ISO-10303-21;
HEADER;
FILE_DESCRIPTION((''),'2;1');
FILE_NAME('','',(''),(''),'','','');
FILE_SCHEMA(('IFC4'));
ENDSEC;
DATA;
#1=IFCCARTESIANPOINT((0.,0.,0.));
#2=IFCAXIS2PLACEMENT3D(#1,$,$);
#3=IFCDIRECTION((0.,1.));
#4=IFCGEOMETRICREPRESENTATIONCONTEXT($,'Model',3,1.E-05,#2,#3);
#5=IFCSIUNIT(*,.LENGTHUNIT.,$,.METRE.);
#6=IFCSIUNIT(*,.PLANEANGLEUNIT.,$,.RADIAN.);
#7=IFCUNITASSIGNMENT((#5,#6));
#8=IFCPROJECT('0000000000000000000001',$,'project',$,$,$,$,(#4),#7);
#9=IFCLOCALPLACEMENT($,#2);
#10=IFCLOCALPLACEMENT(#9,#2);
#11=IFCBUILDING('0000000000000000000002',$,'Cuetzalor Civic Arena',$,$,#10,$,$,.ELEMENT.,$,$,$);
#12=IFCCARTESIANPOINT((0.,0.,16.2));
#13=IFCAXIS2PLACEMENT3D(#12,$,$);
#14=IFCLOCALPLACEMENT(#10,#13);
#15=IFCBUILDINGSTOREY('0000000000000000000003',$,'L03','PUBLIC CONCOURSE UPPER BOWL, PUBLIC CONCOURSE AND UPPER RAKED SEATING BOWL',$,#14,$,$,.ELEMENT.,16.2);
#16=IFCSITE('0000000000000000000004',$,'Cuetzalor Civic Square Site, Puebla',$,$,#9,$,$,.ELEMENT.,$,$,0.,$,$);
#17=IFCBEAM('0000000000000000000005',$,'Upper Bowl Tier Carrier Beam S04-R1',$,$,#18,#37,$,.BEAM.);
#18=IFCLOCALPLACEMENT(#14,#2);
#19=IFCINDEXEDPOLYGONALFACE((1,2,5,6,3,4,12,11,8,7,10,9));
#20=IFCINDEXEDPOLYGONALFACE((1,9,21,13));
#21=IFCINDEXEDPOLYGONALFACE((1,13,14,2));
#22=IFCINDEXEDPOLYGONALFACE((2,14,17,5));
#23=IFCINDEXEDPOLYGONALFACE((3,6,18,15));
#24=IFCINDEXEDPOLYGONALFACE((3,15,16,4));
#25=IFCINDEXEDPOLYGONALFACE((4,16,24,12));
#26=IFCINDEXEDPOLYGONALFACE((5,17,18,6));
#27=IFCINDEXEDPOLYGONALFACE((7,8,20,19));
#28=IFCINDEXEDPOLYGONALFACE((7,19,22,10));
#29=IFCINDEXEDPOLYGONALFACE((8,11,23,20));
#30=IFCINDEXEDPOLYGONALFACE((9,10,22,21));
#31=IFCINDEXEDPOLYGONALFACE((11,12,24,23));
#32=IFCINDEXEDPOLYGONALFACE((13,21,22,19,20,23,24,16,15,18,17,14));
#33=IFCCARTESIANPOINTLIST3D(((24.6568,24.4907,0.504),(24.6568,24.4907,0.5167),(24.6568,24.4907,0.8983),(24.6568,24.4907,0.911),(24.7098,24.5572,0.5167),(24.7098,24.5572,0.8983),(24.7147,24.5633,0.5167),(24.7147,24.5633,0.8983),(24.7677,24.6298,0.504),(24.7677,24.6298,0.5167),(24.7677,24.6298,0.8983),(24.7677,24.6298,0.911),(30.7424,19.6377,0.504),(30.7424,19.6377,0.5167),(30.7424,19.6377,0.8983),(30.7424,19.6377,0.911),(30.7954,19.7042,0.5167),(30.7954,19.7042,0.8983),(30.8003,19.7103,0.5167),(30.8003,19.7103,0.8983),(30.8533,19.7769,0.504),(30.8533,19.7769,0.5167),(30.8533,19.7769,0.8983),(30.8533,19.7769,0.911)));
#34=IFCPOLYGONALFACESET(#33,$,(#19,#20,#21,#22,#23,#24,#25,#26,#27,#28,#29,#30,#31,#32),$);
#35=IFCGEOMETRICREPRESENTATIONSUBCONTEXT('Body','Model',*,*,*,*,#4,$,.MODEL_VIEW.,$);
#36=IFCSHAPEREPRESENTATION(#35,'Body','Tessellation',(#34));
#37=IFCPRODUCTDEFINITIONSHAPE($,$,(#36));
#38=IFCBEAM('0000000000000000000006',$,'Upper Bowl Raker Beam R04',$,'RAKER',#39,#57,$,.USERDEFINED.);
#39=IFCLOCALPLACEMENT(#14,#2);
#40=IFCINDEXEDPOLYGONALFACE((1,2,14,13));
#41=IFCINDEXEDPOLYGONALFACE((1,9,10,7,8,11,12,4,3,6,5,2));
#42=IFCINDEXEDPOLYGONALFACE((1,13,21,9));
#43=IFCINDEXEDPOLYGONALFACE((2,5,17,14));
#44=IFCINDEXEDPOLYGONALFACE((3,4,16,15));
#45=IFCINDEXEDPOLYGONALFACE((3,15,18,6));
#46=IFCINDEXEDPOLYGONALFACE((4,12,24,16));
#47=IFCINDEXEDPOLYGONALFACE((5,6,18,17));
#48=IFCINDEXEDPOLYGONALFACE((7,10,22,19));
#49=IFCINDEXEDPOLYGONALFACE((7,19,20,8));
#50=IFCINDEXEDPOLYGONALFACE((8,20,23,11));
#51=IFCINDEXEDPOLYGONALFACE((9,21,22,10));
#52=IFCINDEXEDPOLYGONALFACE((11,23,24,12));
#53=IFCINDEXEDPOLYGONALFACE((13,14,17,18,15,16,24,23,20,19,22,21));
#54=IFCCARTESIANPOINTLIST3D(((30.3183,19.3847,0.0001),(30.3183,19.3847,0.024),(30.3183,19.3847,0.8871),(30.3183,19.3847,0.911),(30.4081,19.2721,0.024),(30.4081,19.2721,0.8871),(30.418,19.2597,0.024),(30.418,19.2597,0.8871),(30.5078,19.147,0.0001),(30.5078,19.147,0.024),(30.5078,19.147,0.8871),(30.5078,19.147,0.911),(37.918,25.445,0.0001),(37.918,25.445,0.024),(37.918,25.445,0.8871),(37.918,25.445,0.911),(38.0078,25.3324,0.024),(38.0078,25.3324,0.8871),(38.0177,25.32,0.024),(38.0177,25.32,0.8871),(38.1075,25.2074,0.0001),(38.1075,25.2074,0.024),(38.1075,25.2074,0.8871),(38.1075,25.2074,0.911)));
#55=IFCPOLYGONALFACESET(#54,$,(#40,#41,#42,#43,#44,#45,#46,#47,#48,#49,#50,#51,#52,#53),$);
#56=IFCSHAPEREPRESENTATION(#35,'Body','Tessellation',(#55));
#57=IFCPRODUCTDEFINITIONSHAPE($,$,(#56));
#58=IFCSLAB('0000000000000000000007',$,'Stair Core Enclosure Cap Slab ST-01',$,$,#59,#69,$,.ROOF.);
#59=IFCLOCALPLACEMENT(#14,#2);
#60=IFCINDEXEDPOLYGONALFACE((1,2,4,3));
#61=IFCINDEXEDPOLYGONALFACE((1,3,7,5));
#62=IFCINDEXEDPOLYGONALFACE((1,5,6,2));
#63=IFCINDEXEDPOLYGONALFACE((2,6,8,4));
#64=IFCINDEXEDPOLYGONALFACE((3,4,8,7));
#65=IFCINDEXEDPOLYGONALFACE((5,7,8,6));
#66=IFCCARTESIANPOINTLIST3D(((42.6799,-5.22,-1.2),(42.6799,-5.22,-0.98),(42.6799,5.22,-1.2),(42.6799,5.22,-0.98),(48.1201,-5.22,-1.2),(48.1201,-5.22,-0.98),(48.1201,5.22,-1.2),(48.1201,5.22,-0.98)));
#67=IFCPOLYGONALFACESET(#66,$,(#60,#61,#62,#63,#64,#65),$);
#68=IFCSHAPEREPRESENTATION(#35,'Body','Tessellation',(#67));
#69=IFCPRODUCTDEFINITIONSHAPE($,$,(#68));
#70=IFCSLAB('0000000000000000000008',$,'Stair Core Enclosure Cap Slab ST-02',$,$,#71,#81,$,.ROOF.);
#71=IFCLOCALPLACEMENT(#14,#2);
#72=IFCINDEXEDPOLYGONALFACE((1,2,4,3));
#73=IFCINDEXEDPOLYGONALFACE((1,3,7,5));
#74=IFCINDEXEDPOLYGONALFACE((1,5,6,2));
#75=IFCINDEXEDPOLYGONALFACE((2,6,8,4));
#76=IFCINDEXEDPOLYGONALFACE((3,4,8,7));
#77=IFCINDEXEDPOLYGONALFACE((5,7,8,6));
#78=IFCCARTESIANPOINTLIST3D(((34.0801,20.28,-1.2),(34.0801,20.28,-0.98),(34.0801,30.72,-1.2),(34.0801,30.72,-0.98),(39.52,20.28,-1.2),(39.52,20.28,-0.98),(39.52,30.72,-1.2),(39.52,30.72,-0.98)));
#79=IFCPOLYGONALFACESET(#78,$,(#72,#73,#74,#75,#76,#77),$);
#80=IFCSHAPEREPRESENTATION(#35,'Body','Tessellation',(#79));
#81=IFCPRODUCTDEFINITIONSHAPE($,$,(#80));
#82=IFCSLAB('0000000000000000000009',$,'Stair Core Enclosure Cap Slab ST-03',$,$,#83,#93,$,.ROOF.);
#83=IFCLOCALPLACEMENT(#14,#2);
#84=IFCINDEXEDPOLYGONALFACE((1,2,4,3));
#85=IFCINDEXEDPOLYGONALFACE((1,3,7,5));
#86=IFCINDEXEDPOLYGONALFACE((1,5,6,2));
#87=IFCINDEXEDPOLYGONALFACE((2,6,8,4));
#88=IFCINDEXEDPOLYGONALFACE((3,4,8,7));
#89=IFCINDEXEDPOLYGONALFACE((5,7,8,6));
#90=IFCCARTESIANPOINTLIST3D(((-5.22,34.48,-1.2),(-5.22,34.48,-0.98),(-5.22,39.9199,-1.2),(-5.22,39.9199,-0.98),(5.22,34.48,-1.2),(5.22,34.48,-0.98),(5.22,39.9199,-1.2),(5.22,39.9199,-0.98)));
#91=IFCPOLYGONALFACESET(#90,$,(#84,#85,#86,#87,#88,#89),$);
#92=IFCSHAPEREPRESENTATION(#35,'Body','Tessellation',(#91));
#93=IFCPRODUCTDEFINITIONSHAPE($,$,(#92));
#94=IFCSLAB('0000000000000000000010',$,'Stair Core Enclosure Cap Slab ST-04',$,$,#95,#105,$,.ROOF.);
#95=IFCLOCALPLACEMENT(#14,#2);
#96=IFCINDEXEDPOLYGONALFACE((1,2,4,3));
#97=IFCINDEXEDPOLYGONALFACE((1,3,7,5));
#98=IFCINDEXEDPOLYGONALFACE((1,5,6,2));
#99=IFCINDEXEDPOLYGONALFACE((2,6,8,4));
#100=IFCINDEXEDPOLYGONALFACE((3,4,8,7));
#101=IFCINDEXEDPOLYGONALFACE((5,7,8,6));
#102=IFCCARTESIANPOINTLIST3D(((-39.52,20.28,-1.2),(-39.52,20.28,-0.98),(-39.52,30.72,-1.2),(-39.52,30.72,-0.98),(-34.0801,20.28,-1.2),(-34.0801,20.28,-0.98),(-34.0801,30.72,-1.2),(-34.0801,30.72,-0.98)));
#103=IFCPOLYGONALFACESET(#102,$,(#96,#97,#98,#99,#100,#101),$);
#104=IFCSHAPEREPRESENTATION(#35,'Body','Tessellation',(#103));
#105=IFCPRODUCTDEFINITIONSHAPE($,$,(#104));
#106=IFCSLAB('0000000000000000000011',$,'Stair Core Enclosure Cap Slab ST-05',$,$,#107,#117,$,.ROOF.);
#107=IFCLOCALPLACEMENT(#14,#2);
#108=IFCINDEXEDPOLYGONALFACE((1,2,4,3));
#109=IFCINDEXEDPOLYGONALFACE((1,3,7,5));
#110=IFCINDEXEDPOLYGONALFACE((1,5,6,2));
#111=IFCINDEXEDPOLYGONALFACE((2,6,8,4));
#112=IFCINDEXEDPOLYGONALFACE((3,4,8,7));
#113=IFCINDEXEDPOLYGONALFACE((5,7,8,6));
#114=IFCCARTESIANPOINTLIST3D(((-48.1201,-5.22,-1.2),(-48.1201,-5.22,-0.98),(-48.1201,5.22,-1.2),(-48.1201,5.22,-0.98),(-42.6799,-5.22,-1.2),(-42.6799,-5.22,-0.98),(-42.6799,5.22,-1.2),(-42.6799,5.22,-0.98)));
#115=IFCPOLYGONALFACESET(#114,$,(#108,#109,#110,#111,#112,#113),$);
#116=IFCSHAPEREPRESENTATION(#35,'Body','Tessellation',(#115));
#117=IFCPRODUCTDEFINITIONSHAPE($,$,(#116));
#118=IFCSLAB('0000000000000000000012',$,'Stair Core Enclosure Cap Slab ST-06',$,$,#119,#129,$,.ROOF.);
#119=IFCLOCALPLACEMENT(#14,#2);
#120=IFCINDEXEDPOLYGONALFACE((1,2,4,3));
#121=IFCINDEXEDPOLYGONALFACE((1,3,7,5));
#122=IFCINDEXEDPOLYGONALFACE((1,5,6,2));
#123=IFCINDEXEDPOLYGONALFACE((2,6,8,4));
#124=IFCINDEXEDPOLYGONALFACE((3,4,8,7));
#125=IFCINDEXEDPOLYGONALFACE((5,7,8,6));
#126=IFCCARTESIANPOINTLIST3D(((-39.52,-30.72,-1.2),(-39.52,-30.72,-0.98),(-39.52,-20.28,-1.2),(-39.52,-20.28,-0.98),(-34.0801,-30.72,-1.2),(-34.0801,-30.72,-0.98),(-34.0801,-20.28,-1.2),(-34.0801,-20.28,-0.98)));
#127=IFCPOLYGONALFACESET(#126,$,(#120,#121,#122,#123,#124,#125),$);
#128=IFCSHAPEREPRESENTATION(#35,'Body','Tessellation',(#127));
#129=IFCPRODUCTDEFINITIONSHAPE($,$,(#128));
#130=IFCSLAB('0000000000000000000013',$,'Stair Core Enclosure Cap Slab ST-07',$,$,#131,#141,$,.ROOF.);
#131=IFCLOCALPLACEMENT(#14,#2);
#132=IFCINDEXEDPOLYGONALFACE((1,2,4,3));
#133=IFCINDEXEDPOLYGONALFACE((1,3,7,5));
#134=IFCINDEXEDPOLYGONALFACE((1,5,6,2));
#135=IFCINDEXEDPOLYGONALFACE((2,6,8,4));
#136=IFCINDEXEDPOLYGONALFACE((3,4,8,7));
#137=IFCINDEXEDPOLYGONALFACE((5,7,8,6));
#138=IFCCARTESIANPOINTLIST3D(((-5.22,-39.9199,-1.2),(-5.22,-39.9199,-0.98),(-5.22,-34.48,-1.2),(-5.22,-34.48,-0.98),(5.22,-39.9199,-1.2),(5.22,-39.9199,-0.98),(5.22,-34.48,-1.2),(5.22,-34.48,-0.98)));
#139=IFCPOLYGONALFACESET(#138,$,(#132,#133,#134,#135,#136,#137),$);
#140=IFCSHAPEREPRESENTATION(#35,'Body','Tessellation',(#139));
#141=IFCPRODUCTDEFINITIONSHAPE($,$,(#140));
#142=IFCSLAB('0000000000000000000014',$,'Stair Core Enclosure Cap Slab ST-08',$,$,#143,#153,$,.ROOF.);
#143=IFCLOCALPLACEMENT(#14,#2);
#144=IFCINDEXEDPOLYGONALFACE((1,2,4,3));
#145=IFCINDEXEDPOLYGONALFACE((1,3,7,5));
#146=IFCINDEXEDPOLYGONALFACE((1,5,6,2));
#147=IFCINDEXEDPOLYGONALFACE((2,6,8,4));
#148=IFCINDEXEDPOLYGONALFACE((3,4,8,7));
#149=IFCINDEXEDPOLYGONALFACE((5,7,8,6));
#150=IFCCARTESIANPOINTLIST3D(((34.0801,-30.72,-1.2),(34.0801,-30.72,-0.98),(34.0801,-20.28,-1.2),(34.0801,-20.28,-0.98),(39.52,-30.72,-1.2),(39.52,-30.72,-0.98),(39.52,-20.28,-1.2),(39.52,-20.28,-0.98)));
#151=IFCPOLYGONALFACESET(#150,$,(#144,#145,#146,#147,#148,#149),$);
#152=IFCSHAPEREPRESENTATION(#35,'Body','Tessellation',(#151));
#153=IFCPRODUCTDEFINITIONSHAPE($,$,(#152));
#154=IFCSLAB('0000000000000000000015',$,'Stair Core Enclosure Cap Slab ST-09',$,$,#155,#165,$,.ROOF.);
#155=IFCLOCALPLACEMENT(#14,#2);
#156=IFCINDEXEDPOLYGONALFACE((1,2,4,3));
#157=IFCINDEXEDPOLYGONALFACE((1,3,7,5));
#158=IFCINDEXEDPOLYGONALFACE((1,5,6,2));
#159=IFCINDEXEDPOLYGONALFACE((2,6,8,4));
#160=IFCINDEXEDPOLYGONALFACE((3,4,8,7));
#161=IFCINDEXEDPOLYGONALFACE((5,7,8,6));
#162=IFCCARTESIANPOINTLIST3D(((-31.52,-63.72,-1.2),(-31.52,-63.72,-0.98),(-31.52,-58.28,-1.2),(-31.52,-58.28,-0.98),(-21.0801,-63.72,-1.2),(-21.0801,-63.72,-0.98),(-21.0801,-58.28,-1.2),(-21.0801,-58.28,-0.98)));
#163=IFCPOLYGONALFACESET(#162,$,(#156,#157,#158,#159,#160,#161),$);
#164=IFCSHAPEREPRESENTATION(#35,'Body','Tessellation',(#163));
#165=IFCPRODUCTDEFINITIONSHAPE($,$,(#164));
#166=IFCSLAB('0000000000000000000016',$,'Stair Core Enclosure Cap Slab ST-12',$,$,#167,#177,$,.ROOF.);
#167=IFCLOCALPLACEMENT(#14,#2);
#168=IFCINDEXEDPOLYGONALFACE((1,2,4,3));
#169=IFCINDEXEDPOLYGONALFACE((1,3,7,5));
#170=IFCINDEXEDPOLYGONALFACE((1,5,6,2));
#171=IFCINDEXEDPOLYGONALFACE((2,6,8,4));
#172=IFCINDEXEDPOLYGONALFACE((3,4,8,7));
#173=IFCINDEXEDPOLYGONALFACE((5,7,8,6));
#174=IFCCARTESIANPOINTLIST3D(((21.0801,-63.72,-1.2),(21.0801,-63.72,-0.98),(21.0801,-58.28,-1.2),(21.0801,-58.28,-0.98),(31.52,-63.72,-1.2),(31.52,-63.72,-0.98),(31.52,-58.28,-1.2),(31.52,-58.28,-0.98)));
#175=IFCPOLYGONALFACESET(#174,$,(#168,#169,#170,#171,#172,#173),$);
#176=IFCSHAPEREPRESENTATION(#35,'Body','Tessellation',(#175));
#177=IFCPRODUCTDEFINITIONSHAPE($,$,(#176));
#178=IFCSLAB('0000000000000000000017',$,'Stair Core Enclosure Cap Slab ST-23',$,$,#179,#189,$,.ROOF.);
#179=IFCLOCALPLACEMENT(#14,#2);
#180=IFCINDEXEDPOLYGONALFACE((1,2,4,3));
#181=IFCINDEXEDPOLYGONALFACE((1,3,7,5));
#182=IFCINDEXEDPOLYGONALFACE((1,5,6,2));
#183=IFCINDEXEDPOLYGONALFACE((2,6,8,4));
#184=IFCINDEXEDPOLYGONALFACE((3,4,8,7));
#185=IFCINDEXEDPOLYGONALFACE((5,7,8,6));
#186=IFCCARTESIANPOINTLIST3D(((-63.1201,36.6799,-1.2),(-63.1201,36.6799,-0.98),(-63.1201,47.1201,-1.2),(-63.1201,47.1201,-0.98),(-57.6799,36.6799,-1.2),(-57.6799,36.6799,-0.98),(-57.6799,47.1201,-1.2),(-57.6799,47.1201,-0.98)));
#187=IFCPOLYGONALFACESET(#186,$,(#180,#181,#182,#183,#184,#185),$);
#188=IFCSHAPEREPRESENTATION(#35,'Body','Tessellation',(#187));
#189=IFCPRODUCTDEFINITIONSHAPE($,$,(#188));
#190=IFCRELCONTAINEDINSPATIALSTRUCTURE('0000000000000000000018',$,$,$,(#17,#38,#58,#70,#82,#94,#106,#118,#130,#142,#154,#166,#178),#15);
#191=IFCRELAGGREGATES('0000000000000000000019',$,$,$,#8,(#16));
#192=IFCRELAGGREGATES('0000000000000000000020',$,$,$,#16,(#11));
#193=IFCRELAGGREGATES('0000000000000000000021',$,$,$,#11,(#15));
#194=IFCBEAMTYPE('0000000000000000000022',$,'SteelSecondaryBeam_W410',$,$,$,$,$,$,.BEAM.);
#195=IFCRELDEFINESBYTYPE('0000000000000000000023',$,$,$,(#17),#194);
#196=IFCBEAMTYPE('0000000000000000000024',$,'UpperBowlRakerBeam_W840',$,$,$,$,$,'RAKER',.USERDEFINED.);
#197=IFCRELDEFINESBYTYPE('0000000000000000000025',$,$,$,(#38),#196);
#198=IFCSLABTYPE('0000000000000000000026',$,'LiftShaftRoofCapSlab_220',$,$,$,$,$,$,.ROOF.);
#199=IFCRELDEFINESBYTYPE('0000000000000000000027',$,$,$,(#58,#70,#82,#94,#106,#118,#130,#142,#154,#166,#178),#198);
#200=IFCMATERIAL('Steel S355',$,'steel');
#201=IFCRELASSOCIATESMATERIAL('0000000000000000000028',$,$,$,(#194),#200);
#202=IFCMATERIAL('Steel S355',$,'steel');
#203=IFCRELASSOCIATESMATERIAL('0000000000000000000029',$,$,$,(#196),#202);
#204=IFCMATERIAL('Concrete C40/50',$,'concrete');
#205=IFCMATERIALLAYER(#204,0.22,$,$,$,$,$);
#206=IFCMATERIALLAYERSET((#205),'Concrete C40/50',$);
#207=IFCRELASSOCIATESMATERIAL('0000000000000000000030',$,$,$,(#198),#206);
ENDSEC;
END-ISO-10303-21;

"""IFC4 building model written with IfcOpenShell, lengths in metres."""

from ifc_helpers import new_model, si_unit, direction, frame, origin, origin_2d, place, context, subcontext, project, spatial, polyline, i_section, outline, extrude, material, layer, layer_set, material_profile, profile_set, type_object, element, save


model = new_model("IFC4")

# Units and contexts
model_context = context("Model", 3, precision=1e-05, world=origin(), true_north=direction((0.0, 1.0)))
body_context = subcontext(model_context, "Body", "Model", "MODEL_VIEW")
ifc_project = project(units=[si_unit("LENGTHUNIT", "METRE"), si_unit("PLANEANGLEUNIT", "RADIAN")], contexts=[model_context])

# Site, building, storey
site_placement = place(None, origin())
site = spatial("IfcSite", under=ifc_project, at=site_placement, Name="Cuetzalor Civic Square Site, Puebla", CompositionType="ELEMENT", RefElevation=0.0)
building_placement = place(site_placement, origin())
building = spatial("IfcBuilding", under=site, at=building_placement, Name="Cuetzalor Civic Arena", CompositionType="ELEMENT")
storey_placement = place(building_placement, frame((0.0, 0.0, 16.2)))
storey = spatial("IfcBuildingStorey", under=building, at=storey_placement, Name="L03", Description="PUBLIC CONCOURSE UPPER BOWL, PUBLIC CONCOURSE AND UPPER RAKED SEATING BOWL", CompositionType="ELEMENT", Elevation=16.2)

# Beams
ifc_material_1 = material(Name="Steel S355", Category="steel")
ifc_material_profile_1 = material_profile(ifc_material_1, i_section(OverallWidth=0.178, OverallDepth=0.407, WebThickness=0.0078, FlangeThickness=0.0127, at=origin_2d()), Name="W410x60")
ifc_profile_set_1 = profile_set([ifc_material_profile_1], Name="Steel S355")
beam_type_1 = type_object("IfcBeamType", Name="SteelSecondaryBeam_W410", PredefinedType="BEAM", material=ifc_profile_set_1)
beam_1_placement = place(storey_placement, frame((30.7979, 19.7073, 0.7075), z_axis=(-0.781841, 0.623478, 0.0), x_axis=(-0.623478, -0.781841, 0.0)))
element("IfcBeam", 1, at=beam_1_placement, inside=storey, type_object=beam_type_1, Name="Upper Bowl Tier Carrier Beam S04-R1", PredefinedType="BEAM", context=body_context, shape_type="SweptSolid", body=[
    extrude(i_section(OverallWidth=0.178, OverallDepth=0.407, WebThickness=0.0078, FlangeThickness=0.0127, at=origin_2d()), origin(), (0.0, 0.0, 1.0), 7.7837),
])
ifc_material_2 = material(Name="Steel S355", Category="steel")
ifc_material_profile_2 = material_profile(ifc_material_2, i_section(OverallWidth=0.304, OverallDepth=0.9109, WebThickness=0.0159, FlangeThickness=0.0239, at=origin_2d()), Name="W920x223")
ifc_profile_set_2 = profile_set([ifc_material_profile_2], Name="Steel S355")
beam_type_2 = type_object("IfcBeamType", Name="UpperBowlRakerBeam_W840", ElementType="RAKER", PredefinedType="USERDEFINED", material=ifc_profile_set_2)
beam_2_placement = place(storey_placement, frame((30.4131, 19.2659, 0.4556), z_axis=(0.781841, 0.623478, 0.0), x_axis=(-0.623478, 0.781841, 0.0)))
element("IfcBeam", 2, at=beam_2_placement, inside=storey, type_object=beam_type_2, Name="Upper Bowl Raker Beam R04", ObjectType="RAKER", PredefinedType="USERDEFINED", context=body_context, shape_type="SweptSolid", body=[
    extrude(i_section(OverallWidth=0.304, OverallDepth=0.9109, WebThickness=0.0159, FlangeThickness=0.0239, at=origin_2d()), origin(), (0.0, 0.0, 1.0), 9.7202),
])

# Slabs
ifc_material_3 = material(Name="Concrete C40/50", Category="concrete")
ifc_layer_1 = layer(ifc_material_3, 0.22)
ifc_layer_set_1 = layer_set([ifc_layer_1], Name="Concrete C40/50")
slab_type_1 = type_object("IfcSlabType", Name="LiftShaftRoofCapSlab_220", PredefinedType="ROOF", material=ifc_layer_set_1)
slab_1_placement = place(storey_placement, frame((0.0, 0.0, -1.2)))
element("IfcSlab", 3, at=slab_1_placement, inside=storey, type_object=slab_type_1, Name="Stair Core Enclosure Cap Slab ST-01", PredefinedType="ROOF", context=body_context, shape_type="SweptSolid", body=[
    extrude(outline(polyline([(42.6799, -5.22), (48.1201, -5.22), (48.1201, 5.22), (42.6799, 5.22), (42.6799, -5.22)])), origin(), (0.0, 0.0, 1.0), 0.22),
])
slab_2_placement = place(storey_placement, frame((0.0, 0.0, -1.2)))
element("IfcSlab", 4, at=slab_2_placement, inside=storey, type_object=slab_type_1, Name="Stair Core Enclosure Cap Slab ST-02", PredefinedType="ROOF", context=body_context, shape_type="SweptSolid", body=[
    extrude(outline(polyline([(34.0801, 20.28), (39.52, 20.28), (39.52, 30.72), (34.0801, 30.72), (34.0801, 20.28)])), origin(), (0.0, 0.0, 1.0), 0.22),
])
slab_3_placement = place(storey_placement, frame((0.0, 0.0, -1.2)))
element("IfcSlab", 5, at=slab_3_placement, inside=storey, type_object=slab_type_1, Name="Stair Core Enclosure Cap Slab ST-03", PredefinedType="ROOF", context=body_context, shape_type="SweptSolid", body=[
    extrude(outline(polyline([(-5.22, 34.48), (5.22, 34.48), (5.22, 39.9199), (-5.22, 39.9199), (-5.22, 34.48)])), origin(), (0.0, 0.0, 1.0), 0.22),
])
slab_4_placement = place(storey_placement, frame((0.0, 0.0, -1.2)))
element("IfcSlab", 6, at=slab_4_placement, inside=storey, type_object=slab_type_1, Name="Stair Core Enclosure Cap Slab ST-04", PredefinedType="ROOF", context=body_context, shape_type="SweptSolid", body=[
    extrude(outline(polyline([(-39.52, 20.28), (-34.0801, 20.28), (-34.0801, 30.72), (-39.52, 30.72), (-39.52, 20.28)])), origin(), (0.0, 0.0, 1.0), 0.22),
])
slab_5_placement = place(storey_placement, frame((0.0, 0.0, -1.2)))
element("IfcSlab", 7, at=slab_5_placement, inside=storey, type_object=slab_type_1, Name="Stair Core Enclosure Cap Slab ST-05", PredefinedType="ROOF", context=body_context, shape_type="SweptSolid", body=[
    extrude(outline(polyline([(-48.1201, -5.22), (-42.6799, -5.22), (-42.6799, 5.22), (-48.1201, 5.22), (-48.1201, -5.22)])), origin(), (0.0, 0.0, 1.0), 0.22),
])
slab_6_placement = place(storey_placement, frame((0.0, 0.0, -1.2)))
element("IfcSlab", 8, at=slab_6_placement, inside=storey, type_object=slab_type_1, Name="Stair Core Enclosure Cap Slab ST-06", PredefinedType="ROOF", context=body_context, shape_type="SweptSolid", body=[
    extrude(outline(polyline([(-39.52, -30.72), (-34.0801, -30.72), (-34.0801, -20.28), (-39.52, -20.28), (-39.52, -30.72)])), origin(), (0.0, 0.0, 1.0), 0.22),
])
slab_7_placement = place(storey_placement, frame((0.0, 0.0, -1.2)))
element("IfcSlab", 9, at=slab_7_placement, inside=storey, type_object=slab_type_1, Name="Stair Core Enclosure Cap Slab ST-07", PredefinedType="ROOF", context=body_context, shape_type="SweptSolid", body=[
    extrude(outline(polyline([(-5.22, -39.9199), (5.22, -39.9199), (5.22, -34.48), (-5.22, -34.48), (-5.22, -39.9199)])), origin(), (0.0, 0.0, 1.0), 0.22),
])
slab_8_placement = place(storey_placement, frame((0.0, 0.0, -1.2)))
element("IfcSlab", 10, at=slab_8_placement, inside=storey, type_object=slab_type_1, Name="Stair Core Enclosure Cap Slab ST-08", PredefinedType="ROOF", context=body_context, shape_type="SweptSolid", body=[
    extrude(outline(polyline([(34.0801, -30.72), (39.52, -30.72), (39.52, -20.28), (34.0801, -20.28), (34.0801, -30.72)])), origin(), (0.0, 0.0, 1.0), 0.22),
])
slab_9_placement = place(storey_placement, frame((0.0, 0.0, -1.2)))
element("IfcSlab", 11, at=slab_9_placement, inside=storey, type_object=slab_type_1, Name="Stair Core Enclosure Cap Slab ST-09", PredefinedType="ROOF", context=body_context, shape_type="SweptSolid", body=[
    extrude(outline(polyline([(-31.52, -63.72), (-21.0801, -63.72), (-21.0801, -58.28), (-31.52, -58.28), (-31.52, -63.72)])), origin(), (0.0, 0.0, 1.0), 0.22),
])
slab_10_placement = place(storey_placement, frame((0.0, 0.0, -1.2)))
element("IfcSlab", 12, at=slab_10_placement, inside=storey, type_object=slab_type_1, Name="Stair Core Enclosure Cap Slab ST-12", PredefinedType="ROOF", context=body_context, shape_type="SweptSolid", body=[
    extrude(outline(polyline([(21.0801, -63.72), (31.52, -63.72), (31.52, -58.28), (21.0801, -58.28), (21.0801, -63.72)])), origin(), (0.0, 0.0, 1.0), 0.22),
])
slab_11_placement = place(storey_placement, frame((0.0, 0.0, -1.2)))
element("IfcSlab", 13, at=slab_11_placement, inside=storey, type_object=slab_type_1, Name="Stair Core Enclosure Cap Slab ST-23", PredefinedType="ROOF", context=body_context, shape_type="SweptSolid", body=[
    extrude(outline(polyline([(-63.1201, 36.6799), (-57.6799, 36.6799), (-57.6799, 47.1201), (-63.1201, 47.1201), (-63.1201, 36.6799)])), origin(), (0.0, 0.0, 1.0), 0.22),
])

save(model, "model.ifc")
